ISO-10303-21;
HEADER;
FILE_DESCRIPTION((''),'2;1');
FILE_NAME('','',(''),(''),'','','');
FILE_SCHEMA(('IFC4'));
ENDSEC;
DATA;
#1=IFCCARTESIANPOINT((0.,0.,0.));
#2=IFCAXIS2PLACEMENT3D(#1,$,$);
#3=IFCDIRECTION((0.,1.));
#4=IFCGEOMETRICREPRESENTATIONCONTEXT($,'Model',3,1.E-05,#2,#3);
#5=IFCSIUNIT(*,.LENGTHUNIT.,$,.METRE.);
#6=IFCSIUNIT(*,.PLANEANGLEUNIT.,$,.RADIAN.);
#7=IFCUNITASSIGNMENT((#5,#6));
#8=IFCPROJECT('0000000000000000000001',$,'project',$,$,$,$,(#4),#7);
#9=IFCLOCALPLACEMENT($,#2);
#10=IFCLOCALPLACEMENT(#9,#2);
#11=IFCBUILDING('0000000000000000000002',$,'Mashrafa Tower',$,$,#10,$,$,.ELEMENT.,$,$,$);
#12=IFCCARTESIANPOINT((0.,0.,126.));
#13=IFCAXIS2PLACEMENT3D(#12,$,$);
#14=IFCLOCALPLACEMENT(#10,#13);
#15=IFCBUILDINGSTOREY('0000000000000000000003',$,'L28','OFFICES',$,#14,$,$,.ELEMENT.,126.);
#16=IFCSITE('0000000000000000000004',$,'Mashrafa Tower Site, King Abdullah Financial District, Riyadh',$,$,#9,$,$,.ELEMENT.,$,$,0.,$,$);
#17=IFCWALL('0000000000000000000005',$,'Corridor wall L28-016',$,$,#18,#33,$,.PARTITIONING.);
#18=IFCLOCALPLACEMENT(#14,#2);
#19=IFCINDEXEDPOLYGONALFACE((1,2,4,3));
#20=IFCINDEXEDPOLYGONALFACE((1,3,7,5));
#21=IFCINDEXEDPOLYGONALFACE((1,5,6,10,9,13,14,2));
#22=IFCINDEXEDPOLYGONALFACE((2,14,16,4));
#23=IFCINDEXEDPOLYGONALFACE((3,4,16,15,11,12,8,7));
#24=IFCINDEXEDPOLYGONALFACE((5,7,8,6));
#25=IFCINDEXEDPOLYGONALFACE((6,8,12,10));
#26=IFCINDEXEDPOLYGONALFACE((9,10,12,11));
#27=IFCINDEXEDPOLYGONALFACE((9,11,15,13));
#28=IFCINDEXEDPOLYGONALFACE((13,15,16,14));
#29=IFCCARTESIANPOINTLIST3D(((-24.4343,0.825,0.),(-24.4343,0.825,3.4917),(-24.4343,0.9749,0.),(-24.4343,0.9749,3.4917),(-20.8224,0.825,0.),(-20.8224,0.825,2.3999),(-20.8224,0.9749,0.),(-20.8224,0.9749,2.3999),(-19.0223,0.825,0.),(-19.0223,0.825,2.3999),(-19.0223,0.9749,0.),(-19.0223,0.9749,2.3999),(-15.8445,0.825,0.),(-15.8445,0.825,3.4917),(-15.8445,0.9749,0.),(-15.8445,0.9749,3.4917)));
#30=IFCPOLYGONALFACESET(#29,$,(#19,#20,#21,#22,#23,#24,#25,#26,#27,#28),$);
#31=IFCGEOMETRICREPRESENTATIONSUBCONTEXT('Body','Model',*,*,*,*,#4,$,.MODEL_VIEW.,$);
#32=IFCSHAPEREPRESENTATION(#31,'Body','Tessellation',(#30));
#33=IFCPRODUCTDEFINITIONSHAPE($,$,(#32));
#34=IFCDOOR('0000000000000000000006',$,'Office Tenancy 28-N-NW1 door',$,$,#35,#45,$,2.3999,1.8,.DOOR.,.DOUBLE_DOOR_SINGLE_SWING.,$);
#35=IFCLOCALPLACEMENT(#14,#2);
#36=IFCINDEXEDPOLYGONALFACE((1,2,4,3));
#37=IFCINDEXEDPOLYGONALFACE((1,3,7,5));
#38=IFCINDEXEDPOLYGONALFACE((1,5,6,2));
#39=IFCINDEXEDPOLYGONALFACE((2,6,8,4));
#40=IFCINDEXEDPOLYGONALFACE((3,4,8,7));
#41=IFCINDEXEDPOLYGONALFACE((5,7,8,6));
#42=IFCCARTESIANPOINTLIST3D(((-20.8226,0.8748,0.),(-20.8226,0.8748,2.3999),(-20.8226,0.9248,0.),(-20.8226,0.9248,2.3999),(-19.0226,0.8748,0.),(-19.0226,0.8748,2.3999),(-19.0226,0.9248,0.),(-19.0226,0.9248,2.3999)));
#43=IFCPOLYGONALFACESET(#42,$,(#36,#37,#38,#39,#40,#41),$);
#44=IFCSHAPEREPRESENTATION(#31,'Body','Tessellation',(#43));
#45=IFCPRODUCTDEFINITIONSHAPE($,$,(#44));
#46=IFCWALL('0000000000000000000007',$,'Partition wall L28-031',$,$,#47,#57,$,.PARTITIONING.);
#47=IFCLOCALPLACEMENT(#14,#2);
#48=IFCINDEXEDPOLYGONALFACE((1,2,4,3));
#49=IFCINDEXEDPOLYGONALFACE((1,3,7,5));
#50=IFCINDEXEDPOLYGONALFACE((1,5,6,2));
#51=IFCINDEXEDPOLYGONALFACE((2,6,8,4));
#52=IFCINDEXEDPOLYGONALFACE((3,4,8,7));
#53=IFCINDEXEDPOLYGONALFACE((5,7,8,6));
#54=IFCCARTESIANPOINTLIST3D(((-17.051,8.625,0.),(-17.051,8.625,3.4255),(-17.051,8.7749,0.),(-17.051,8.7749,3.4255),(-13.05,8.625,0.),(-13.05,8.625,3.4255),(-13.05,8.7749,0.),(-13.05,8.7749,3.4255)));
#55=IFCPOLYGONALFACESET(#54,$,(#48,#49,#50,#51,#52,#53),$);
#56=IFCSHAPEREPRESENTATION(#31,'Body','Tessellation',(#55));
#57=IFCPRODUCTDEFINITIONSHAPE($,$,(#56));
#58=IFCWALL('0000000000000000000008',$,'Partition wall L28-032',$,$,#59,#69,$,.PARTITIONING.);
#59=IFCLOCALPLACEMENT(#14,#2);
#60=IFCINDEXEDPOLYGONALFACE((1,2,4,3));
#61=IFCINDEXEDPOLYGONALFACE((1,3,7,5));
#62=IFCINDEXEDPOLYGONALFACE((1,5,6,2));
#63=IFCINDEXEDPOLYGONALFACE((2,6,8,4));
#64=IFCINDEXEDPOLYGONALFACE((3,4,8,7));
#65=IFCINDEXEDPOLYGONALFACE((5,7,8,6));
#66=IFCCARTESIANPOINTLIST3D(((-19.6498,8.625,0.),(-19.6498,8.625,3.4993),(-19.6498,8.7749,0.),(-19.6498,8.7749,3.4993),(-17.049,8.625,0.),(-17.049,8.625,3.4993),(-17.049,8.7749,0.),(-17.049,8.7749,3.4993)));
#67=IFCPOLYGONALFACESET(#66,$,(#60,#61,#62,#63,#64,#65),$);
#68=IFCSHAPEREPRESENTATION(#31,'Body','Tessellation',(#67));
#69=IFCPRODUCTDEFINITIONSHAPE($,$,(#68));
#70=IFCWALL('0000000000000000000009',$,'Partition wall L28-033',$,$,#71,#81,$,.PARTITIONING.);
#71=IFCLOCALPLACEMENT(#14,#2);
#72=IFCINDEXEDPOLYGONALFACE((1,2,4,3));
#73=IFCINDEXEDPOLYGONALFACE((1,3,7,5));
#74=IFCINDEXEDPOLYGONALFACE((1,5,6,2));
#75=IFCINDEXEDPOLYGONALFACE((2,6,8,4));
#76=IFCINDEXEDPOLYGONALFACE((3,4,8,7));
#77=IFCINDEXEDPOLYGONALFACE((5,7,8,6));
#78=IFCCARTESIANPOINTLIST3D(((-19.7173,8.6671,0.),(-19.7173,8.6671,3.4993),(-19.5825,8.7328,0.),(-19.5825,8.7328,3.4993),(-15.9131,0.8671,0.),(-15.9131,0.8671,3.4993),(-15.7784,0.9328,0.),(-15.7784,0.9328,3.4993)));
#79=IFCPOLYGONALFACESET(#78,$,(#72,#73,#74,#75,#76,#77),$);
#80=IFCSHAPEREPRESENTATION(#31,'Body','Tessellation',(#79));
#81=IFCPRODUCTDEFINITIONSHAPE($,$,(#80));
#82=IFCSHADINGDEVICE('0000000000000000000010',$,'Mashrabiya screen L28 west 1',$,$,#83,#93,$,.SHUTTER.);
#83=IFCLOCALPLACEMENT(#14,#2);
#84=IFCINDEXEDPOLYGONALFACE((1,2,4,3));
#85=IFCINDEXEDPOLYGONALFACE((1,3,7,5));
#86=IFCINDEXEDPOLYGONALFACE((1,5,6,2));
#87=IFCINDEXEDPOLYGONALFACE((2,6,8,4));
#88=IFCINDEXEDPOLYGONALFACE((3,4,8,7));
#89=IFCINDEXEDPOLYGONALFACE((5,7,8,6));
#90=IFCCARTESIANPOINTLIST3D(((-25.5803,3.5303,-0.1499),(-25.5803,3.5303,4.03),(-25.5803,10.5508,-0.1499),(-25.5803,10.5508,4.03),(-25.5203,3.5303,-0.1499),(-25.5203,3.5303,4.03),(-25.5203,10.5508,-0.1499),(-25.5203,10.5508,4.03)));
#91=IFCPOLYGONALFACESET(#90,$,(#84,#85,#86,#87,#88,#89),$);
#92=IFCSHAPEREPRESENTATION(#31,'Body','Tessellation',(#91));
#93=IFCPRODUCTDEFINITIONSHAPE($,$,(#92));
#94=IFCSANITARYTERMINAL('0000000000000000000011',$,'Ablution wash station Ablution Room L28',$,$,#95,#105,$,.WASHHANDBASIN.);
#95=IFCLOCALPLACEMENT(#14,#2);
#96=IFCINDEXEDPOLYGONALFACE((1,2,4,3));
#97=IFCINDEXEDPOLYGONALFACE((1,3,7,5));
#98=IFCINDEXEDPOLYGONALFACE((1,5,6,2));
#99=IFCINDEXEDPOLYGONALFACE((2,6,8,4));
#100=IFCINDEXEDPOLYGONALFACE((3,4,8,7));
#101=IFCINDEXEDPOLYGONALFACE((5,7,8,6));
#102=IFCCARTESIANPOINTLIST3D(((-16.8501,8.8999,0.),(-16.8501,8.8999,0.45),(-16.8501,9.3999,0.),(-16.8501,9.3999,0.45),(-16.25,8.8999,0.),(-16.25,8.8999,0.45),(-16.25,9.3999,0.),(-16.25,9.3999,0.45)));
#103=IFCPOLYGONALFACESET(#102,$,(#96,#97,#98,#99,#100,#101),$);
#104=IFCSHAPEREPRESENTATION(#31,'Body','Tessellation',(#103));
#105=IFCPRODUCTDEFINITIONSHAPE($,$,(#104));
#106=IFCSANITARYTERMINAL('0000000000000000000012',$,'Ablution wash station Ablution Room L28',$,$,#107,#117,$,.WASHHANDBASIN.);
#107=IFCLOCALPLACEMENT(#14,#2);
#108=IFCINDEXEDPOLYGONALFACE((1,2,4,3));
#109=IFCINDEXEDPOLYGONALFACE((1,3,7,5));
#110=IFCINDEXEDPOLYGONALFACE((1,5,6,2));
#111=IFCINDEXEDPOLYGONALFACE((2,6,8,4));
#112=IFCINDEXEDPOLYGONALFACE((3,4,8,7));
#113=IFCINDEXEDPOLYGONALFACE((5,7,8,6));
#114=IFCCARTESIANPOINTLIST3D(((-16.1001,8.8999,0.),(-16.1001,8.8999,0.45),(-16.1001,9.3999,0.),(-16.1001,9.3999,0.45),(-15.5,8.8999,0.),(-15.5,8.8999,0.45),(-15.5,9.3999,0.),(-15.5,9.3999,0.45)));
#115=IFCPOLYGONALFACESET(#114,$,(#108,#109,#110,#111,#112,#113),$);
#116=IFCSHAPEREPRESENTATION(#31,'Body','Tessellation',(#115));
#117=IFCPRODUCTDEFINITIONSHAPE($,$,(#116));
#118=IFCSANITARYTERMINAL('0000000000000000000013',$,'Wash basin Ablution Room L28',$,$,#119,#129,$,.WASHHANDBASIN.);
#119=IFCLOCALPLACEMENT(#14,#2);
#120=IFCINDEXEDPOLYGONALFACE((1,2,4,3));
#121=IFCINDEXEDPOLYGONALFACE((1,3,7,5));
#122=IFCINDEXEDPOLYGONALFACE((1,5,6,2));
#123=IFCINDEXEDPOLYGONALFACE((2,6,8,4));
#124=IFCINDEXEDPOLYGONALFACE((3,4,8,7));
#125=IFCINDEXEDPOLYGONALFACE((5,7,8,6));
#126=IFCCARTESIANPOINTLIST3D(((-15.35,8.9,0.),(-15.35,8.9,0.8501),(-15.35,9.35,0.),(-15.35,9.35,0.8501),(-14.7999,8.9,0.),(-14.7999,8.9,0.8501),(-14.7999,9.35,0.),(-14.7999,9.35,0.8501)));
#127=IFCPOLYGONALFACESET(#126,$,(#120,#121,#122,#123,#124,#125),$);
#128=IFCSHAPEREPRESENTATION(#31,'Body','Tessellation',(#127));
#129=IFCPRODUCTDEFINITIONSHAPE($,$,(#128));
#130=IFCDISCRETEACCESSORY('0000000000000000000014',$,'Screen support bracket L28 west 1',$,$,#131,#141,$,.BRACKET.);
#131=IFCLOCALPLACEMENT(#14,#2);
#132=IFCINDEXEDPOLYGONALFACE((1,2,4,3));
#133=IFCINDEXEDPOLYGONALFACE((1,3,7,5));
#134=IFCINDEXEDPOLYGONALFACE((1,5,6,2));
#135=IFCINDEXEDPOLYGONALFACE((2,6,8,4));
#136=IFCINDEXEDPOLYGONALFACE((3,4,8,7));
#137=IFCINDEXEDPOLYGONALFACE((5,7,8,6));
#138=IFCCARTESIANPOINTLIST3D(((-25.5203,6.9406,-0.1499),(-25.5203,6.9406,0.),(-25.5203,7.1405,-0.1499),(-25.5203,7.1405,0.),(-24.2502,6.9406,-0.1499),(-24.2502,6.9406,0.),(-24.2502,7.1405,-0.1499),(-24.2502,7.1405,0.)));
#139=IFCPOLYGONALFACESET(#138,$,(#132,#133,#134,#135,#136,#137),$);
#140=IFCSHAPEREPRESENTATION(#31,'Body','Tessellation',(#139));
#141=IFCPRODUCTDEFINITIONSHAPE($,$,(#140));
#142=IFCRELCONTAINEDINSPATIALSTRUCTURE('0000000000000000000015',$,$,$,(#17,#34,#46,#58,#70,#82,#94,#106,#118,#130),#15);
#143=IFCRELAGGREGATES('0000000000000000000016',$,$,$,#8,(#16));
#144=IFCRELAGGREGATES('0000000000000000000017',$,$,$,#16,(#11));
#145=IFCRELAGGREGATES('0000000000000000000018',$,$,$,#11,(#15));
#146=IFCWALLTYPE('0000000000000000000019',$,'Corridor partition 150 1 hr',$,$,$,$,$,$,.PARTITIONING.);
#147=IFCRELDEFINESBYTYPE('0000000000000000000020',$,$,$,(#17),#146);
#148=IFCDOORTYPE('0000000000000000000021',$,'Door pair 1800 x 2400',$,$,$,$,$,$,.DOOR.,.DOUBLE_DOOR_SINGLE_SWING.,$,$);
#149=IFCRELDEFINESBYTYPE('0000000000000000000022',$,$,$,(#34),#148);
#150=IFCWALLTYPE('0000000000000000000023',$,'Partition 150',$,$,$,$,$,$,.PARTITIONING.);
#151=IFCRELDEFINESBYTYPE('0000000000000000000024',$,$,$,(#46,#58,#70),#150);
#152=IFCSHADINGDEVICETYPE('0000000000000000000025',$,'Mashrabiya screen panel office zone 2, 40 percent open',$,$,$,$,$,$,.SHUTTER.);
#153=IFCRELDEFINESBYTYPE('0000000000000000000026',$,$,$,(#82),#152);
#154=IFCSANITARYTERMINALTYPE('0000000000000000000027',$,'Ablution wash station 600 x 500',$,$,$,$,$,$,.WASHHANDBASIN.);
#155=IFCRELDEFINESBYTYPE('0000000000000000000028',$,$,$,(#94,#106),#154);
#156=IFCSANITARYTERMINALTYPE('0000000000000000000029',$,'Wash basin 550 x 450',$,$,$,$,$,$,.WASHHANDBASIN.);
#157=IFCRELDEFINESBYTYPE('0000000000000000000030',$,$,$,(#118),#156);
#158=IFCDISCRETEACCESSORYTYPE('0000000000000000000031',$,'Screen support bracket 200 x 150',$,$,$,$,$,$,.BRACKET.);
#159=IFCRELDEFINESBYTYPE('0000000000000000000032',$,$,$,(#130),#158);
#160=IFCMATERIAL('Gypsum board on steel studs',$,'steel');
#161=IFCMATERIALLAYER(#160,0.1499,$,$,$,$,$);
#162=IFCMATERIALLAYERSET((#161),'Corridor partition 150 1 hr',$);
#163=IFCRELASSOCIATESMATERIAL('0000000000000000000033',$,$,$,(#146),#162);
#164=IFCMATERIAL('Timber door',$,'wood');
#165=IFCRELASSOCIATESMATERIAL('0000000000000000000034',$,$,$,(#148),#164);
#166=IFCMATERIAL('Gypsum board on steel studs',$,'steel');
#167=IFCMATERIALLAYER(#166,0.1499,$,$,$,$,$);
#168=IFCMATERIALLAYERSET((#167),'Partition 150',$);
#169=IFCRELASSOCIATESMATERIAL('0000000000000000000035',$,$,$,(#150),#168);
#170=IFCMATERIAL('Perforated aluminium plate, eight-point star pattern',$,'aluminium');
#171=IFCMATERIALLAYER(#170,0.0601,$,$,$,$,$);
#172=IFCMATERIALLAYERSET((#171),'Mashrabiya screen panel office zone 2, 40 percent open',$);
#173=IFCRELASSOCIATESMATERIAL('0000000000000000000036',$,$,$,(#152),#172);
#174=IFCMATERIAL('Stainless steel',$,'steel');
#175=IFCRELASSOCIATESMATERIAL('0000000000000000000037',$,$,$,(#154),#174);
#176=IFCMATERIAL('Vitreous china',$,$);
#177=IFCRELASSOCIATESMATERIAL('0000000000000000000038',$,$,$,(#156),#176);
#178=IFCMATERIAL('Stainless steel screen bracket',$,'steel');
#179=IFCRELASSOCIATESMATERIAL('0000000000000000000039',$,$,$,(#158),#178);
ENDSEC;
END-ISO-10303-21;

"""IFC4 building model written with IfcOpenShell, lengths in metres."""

from ifc_helpers import new_model, si_unit, direction, frame, frame_2d, origin, origin_2d, place, context, subcontext, project, spatial, rectangle, extrude, source, transform, mapped, material, layer, layer_set, type_object, type_shapes, element, fill, save


model = new_model("IFC4")

# Units and contexts
model_context = context("Model", 3, precision=1e-05, world=origin(), true_north=direction((0.0, 1.0)))
body_context = subcontext(model_context, "Body", "Model", "MODEL_VIEW")
ifc_project = project(units=[si_unit("LENGTHUNIT", "METRE"), si_unit("PLANEANGLEUNIT", "RADIAN")], contexts=[model_context])

# Site, building, storey
site_placement = place(None, origin())
site = spatial("IfcSite", under=ifc_project, at=site_placement, Name="Mashrafa Tower Site, King Abdullah Financial District, Riyadh", CompositionType="ELEMENT", RefElevation=0.0)
building_placement = place(site_placement, origin())
building = spatial("IfcBuilding", under=site, at=building_placement, Name="Mashrafa Tower", CompositionType="ELEMENT")
storey_placement = place(building_placement, frame((0.0, 0.0, 126.0)))
storey = spatial("IfcBuildingStorey", under=building, at=storey_placement, Name="L28", Description="OFFICES", CompositionType="ELEMENT", Elevation=126.0)

# Shared definitions
ifc_material_1 = material(Name="Gypsum board on steel studs", Category="steel")
ifc_layer_1 = layer(ifc_material_1, 0.1499)
ifc_layer_set_1 = layer_set([ifc_layer_1], Name="Corridor partition 150 1 hr")
wall_type_1 = type_object("IfcWallType", Name="Corridor partition 150 1 hr", PredefinedType="PARTITIONING", material=ifc_layer_set_1)

# Wall, opening, door
wall_1_placement = place(storey_placement, frame((-15.8445, 0.8999, 0.0), z_axis=(0.0, 0.0, 1.0), x_axis=(-1.0, 0.0, 0.0)))
wall_1 = element("IfcWall", 1, at=wall_1_placement, inside=storey, type_object=wall_type_1, Name="Corridor wall L28-016", PredefinedType="PARTITIONING", context=body_context, shape_type="SweptSolid", body=[
    extrude(rectangle(XDim=8.5898, YDim=0.1499, at=frame_2d((4.2949, 0.0))), origin(), (0.0, 0.0, 1.0), 3.4917),
])
opening_1_placement = place(wall_1_placement, frame((3.178, 0.0, 0.0)))
opening_1 = element("IfcOpeningElement", 2, at=opening_1_placement, cuts=wall_1, PredefinedType="OPENING", context=body_context, shape_type="SweptSolid", body=[
    extrude(rectangle(XDim=1.8, YDim=2.3999, at=frame_2d((0.8999, 1.2))), frame((0.0, 0.085, 0.0), z_axis=(0.0, -1.0, 0.0), x_axis=(1.0, 0.0, 0.0)), (0.0, 0.0, 1.0), 0.1699),
])
ifc_material_2 = material(Name="Timber door", Category="wood")
door_type_1 = type_object("IfcDoorType", Name="Door pair 1800 x 2400", OperationType="DOUBLE_DOOR_SINGLE_SWING", PredefinedType="DOOR", material=ifc_material_2)
door_1_placement = place(opening_1_placement, frame((1.8, 0.0, 0.0), z_axis=(0.0, 0.0, 1.0), x_axis=(-1.0, 0.0, 0.0)))
door_1 = element("IfcDoor", 3, at=door_1_placement, inside=storey, type_object=door_type_1, Name="Office Tenancy 28-N-NW1 door", OperationType="DOUBLE_DOOR_SINGLE_SWING", OverallHeight=2.3999, OverallWidth=1.8, PredefinedType="DOOR", context=body_context, shape_type="SweptSolid", body=[
    extrude(rectangle(XDim=1.8, YDim=2.3999, at=frame_2d((0.8999, 1.2))), frame((0.0, 0.0249, 0.0), z_axis=(0.0, -1.0, 0.0), x_axis=(1.0, 0.0, 0.0)), (0.0, 0.0, 1.0), 0.05),
])
fill(opening_1, door_1)

# Walls
ifc_material_3 = material(Name="Gypsum board on steel studs", Category="steel")
ifc_layer_2 = layer(ifc_material_3, 0.1499)
ifc_layer_set_2 = layer_set([ifc_layer_2], Name="Partition 150")
wall_type_2 = type_object("IfcWallType", Name="Partition 150", PredefinedType="PARTITIONING", material=ifc_layer_set_2)
wall_2_placement = place(storey_placement, frame((-13.05, 8.7, 0.0), z_axis=(0.0, 0.0, 1.0), x_axis=(-1.0, 0.0, 0.0)))
element("IfcWall", 4, at=wall_2_placement, inside=storey, type_object=wall_type_2, Name="Partition wall L28-031", PredefinedType="PARTITIONING", context=body_context, shape_type="SweptSolid", body=[
    extrude(rectangle(XDim=4.001, YDim=0.1499, at=frame_2d((2.0005, 0.0))), origin(), (0.0, 0.0, 1.0), 3.4255),
])
wall_3_placement = place(storey_placement, frame((-17.0491, 8.7, 0.0), z_axis=(0.0, 0.0, 1.0), x_axis=(-1.0, 0.0, 0.0)))
element("IfcWall", 5, at=wall_3_placement, inside=storey, type_object=wall_type_2, Name="Partition wall L28-032", PredefinedType="PARTITIONING", context=body_context, shape_type="SweptSolid", body=[
    extrude(rectangle(XDim=2.6008, YDim=0.1499, at=frame_2d((1.3003, 0.0))), origin(), (0.0, 0.0, 1.0), 3.4993),
])
wall_4_placement = place(storey_placement, frame((-19.6499, 8.7, 0.0), z_axis=(0.0, 0.0, 1.0), x_axis=(0.438358, -0.8988, 0.0)))
element("IfcWall", 6, at=wall_4_placement, inside=storey, type_object=wall_type_2, Name="Partition wall L28-033", PredefinedType="PARTITIONING", context=body_context, shape_type="SweptSolid", body=[
    extrude(rectangle(XDim=8.6782, YDim=0.1499, at=frame_2d((4.3391, 0.0))), origin(), (0.0, 0.0, 1.0), 3.4993),
])

# Shading device
ifc_material_4 = material(Name="Perforated aluminium plate, eight-point star pattern", Category="aluminium")
ifc_layer_3 = layer(ifc_material_4, 0.0601)
ifc_layer_set_3 = layer_set([ifc_layer_3], Name="Mashrabiya screen panel office zone 2, 40 percent open")
shading_device_type = type_object("IfcShadingDeviceType", Name="Mashrabiya screen panel office zone 2, 40 percent open", PredefinedType="SHUTTER", material=ifc_layer_set_3)
shared_shape_1 = source(origin(), body_context, "Body", "SweptSolid", [
    extrude(rectangle(XDim=7.0205, YDim=0.0601, at=origin_2d()), origin(), (0.0, 0.0, 1.0), 4.1799),
])
type_shapes(shading_device_type, [shared_shape_1])
shading_device_placement = place(storey_placement, frame((-25.5503, 7.0405, -0.1499), z_axis=(0.0, 0.0, 1.0), x_axis=(0.0, -1.0, 0.0)))
element("IfcShadingDevice", 7, at=shading_device_placement, inside=storey, type_object=shading_device_type, Name="Mashrabiya screen L28 west 1", PredefinedType="SHUTTER", context=body_context, shape_type="MappedRepresentation", body=[
    mapped(shared_shape_1, transform((0.0, 0.0, 0.0))),
])

# Sanitary terminals
ifc_material_5 = material(Name="Stainless steel", Category="steel")
sanitary_terminal_type_1 = type_object("IfcSanitaryTerminalType", Name="Ablution wash station 600 x 500", PredefinedType="WASHHANDBASIN", material=ifc_material_5)
for number, where, z_axis, x_axis, name in (
    (8, (-16.55, 9.1499, 0.0), (0.0, 0.0, 1.0), (1.0, 0.0, 0.0), "Ablution wash station Ablution Room L28"),
    (9, (-15.8, 9.1499, 0.0), (0.0, 0.0, 1.0), (1.0, 0.0, 0.0), "Ablution wash station Ablution Room L28"),
):
    element("IfcSanitaryTerminal", number, at=place(storey_placement, frame(where, z_axis=z_axis, x_axis=x_axis)), inside=storey, type_object=sanitary_terminal_type_1, Name=name, PredefinedType="WASHHANDBASIN", context=body_context, shape_type="SweptSolid", body=[
        extrude(rectangle(XDim=0.6001, YDim=0.5, at=origin_2d()), origin(), (0.0, 0.0, 1.0), 0.45),
    ])
ifc_material_6 = material(Name="Vitreous china")
sanitary_terminal_type_2 = type_object("IfcSanitaryTerminalType", Name="Wash basin 550 x 450", PredefinedType="WASHHANDBASIN", material=ifc_material_6)
sanitary_terminal_placement = place(storey_placement, frame((-15.075, 9.125, 0.0), z_axis=(0.0, 0.0, 1.0), x_axis=(1.0, 0.0, 0.0)))
element("IfcSanitaryTerminal", 10, at=sanitary_terminal_placement, inside=storey, type_object=sanitary_terminal_type_2, Name="Wash basin Ablution Room L28", PredefinedType="WASHHANDBASIN", context=body_context, shape_type="SweptSolid", body=[
    extrude(rectangle(XDim=0.55, YDim=0.45, at=origin_2d()), origin(), (0.0, 0.0, 1.0), 0.8501),
])

# Discrete accessory
ifc_material_7 = material(Name="Stainless steel screen bracket", Category="steel")
discrete_accessory_type = type_object("IfcDiscreteAccessoryType", Name="Screen support bracket 200 x 150", PredefinedType="BRACKET", material=ifc_material_7)
shared_shape_2 = source(origin(), body_context, "Body", "SweptSolid", [
    extrude(rectangle(XDim=0.2, YDim=1.27, at=origin_2d()), origin(), (0.0, 0.0, 1.0), 0.1499),
])
type_shapes(discrete_accessory_type, [shared_shape_2])
discrete_accessory_placement = place(storey_placement, frame((-24.8853, 7.0405, -0.1499), z_axis=(0.0, 0.0, 1.0), x_axis=(0.0, -1.0, 0.0)))
element("IfcDiscreteAccessory", 11, at=discrete_accessory_placement, inside=storey, type_object=discrete_accessory_type, Name="Screen support bracket L28 west 1", PredefinedType="BRACKET", context=body_context, shape_type="MappedRepresentation", body=[
    mapped(shared_shape_2, transform((0.0, 0.0, 0.0))),
])

save(model, "model.ifc")
